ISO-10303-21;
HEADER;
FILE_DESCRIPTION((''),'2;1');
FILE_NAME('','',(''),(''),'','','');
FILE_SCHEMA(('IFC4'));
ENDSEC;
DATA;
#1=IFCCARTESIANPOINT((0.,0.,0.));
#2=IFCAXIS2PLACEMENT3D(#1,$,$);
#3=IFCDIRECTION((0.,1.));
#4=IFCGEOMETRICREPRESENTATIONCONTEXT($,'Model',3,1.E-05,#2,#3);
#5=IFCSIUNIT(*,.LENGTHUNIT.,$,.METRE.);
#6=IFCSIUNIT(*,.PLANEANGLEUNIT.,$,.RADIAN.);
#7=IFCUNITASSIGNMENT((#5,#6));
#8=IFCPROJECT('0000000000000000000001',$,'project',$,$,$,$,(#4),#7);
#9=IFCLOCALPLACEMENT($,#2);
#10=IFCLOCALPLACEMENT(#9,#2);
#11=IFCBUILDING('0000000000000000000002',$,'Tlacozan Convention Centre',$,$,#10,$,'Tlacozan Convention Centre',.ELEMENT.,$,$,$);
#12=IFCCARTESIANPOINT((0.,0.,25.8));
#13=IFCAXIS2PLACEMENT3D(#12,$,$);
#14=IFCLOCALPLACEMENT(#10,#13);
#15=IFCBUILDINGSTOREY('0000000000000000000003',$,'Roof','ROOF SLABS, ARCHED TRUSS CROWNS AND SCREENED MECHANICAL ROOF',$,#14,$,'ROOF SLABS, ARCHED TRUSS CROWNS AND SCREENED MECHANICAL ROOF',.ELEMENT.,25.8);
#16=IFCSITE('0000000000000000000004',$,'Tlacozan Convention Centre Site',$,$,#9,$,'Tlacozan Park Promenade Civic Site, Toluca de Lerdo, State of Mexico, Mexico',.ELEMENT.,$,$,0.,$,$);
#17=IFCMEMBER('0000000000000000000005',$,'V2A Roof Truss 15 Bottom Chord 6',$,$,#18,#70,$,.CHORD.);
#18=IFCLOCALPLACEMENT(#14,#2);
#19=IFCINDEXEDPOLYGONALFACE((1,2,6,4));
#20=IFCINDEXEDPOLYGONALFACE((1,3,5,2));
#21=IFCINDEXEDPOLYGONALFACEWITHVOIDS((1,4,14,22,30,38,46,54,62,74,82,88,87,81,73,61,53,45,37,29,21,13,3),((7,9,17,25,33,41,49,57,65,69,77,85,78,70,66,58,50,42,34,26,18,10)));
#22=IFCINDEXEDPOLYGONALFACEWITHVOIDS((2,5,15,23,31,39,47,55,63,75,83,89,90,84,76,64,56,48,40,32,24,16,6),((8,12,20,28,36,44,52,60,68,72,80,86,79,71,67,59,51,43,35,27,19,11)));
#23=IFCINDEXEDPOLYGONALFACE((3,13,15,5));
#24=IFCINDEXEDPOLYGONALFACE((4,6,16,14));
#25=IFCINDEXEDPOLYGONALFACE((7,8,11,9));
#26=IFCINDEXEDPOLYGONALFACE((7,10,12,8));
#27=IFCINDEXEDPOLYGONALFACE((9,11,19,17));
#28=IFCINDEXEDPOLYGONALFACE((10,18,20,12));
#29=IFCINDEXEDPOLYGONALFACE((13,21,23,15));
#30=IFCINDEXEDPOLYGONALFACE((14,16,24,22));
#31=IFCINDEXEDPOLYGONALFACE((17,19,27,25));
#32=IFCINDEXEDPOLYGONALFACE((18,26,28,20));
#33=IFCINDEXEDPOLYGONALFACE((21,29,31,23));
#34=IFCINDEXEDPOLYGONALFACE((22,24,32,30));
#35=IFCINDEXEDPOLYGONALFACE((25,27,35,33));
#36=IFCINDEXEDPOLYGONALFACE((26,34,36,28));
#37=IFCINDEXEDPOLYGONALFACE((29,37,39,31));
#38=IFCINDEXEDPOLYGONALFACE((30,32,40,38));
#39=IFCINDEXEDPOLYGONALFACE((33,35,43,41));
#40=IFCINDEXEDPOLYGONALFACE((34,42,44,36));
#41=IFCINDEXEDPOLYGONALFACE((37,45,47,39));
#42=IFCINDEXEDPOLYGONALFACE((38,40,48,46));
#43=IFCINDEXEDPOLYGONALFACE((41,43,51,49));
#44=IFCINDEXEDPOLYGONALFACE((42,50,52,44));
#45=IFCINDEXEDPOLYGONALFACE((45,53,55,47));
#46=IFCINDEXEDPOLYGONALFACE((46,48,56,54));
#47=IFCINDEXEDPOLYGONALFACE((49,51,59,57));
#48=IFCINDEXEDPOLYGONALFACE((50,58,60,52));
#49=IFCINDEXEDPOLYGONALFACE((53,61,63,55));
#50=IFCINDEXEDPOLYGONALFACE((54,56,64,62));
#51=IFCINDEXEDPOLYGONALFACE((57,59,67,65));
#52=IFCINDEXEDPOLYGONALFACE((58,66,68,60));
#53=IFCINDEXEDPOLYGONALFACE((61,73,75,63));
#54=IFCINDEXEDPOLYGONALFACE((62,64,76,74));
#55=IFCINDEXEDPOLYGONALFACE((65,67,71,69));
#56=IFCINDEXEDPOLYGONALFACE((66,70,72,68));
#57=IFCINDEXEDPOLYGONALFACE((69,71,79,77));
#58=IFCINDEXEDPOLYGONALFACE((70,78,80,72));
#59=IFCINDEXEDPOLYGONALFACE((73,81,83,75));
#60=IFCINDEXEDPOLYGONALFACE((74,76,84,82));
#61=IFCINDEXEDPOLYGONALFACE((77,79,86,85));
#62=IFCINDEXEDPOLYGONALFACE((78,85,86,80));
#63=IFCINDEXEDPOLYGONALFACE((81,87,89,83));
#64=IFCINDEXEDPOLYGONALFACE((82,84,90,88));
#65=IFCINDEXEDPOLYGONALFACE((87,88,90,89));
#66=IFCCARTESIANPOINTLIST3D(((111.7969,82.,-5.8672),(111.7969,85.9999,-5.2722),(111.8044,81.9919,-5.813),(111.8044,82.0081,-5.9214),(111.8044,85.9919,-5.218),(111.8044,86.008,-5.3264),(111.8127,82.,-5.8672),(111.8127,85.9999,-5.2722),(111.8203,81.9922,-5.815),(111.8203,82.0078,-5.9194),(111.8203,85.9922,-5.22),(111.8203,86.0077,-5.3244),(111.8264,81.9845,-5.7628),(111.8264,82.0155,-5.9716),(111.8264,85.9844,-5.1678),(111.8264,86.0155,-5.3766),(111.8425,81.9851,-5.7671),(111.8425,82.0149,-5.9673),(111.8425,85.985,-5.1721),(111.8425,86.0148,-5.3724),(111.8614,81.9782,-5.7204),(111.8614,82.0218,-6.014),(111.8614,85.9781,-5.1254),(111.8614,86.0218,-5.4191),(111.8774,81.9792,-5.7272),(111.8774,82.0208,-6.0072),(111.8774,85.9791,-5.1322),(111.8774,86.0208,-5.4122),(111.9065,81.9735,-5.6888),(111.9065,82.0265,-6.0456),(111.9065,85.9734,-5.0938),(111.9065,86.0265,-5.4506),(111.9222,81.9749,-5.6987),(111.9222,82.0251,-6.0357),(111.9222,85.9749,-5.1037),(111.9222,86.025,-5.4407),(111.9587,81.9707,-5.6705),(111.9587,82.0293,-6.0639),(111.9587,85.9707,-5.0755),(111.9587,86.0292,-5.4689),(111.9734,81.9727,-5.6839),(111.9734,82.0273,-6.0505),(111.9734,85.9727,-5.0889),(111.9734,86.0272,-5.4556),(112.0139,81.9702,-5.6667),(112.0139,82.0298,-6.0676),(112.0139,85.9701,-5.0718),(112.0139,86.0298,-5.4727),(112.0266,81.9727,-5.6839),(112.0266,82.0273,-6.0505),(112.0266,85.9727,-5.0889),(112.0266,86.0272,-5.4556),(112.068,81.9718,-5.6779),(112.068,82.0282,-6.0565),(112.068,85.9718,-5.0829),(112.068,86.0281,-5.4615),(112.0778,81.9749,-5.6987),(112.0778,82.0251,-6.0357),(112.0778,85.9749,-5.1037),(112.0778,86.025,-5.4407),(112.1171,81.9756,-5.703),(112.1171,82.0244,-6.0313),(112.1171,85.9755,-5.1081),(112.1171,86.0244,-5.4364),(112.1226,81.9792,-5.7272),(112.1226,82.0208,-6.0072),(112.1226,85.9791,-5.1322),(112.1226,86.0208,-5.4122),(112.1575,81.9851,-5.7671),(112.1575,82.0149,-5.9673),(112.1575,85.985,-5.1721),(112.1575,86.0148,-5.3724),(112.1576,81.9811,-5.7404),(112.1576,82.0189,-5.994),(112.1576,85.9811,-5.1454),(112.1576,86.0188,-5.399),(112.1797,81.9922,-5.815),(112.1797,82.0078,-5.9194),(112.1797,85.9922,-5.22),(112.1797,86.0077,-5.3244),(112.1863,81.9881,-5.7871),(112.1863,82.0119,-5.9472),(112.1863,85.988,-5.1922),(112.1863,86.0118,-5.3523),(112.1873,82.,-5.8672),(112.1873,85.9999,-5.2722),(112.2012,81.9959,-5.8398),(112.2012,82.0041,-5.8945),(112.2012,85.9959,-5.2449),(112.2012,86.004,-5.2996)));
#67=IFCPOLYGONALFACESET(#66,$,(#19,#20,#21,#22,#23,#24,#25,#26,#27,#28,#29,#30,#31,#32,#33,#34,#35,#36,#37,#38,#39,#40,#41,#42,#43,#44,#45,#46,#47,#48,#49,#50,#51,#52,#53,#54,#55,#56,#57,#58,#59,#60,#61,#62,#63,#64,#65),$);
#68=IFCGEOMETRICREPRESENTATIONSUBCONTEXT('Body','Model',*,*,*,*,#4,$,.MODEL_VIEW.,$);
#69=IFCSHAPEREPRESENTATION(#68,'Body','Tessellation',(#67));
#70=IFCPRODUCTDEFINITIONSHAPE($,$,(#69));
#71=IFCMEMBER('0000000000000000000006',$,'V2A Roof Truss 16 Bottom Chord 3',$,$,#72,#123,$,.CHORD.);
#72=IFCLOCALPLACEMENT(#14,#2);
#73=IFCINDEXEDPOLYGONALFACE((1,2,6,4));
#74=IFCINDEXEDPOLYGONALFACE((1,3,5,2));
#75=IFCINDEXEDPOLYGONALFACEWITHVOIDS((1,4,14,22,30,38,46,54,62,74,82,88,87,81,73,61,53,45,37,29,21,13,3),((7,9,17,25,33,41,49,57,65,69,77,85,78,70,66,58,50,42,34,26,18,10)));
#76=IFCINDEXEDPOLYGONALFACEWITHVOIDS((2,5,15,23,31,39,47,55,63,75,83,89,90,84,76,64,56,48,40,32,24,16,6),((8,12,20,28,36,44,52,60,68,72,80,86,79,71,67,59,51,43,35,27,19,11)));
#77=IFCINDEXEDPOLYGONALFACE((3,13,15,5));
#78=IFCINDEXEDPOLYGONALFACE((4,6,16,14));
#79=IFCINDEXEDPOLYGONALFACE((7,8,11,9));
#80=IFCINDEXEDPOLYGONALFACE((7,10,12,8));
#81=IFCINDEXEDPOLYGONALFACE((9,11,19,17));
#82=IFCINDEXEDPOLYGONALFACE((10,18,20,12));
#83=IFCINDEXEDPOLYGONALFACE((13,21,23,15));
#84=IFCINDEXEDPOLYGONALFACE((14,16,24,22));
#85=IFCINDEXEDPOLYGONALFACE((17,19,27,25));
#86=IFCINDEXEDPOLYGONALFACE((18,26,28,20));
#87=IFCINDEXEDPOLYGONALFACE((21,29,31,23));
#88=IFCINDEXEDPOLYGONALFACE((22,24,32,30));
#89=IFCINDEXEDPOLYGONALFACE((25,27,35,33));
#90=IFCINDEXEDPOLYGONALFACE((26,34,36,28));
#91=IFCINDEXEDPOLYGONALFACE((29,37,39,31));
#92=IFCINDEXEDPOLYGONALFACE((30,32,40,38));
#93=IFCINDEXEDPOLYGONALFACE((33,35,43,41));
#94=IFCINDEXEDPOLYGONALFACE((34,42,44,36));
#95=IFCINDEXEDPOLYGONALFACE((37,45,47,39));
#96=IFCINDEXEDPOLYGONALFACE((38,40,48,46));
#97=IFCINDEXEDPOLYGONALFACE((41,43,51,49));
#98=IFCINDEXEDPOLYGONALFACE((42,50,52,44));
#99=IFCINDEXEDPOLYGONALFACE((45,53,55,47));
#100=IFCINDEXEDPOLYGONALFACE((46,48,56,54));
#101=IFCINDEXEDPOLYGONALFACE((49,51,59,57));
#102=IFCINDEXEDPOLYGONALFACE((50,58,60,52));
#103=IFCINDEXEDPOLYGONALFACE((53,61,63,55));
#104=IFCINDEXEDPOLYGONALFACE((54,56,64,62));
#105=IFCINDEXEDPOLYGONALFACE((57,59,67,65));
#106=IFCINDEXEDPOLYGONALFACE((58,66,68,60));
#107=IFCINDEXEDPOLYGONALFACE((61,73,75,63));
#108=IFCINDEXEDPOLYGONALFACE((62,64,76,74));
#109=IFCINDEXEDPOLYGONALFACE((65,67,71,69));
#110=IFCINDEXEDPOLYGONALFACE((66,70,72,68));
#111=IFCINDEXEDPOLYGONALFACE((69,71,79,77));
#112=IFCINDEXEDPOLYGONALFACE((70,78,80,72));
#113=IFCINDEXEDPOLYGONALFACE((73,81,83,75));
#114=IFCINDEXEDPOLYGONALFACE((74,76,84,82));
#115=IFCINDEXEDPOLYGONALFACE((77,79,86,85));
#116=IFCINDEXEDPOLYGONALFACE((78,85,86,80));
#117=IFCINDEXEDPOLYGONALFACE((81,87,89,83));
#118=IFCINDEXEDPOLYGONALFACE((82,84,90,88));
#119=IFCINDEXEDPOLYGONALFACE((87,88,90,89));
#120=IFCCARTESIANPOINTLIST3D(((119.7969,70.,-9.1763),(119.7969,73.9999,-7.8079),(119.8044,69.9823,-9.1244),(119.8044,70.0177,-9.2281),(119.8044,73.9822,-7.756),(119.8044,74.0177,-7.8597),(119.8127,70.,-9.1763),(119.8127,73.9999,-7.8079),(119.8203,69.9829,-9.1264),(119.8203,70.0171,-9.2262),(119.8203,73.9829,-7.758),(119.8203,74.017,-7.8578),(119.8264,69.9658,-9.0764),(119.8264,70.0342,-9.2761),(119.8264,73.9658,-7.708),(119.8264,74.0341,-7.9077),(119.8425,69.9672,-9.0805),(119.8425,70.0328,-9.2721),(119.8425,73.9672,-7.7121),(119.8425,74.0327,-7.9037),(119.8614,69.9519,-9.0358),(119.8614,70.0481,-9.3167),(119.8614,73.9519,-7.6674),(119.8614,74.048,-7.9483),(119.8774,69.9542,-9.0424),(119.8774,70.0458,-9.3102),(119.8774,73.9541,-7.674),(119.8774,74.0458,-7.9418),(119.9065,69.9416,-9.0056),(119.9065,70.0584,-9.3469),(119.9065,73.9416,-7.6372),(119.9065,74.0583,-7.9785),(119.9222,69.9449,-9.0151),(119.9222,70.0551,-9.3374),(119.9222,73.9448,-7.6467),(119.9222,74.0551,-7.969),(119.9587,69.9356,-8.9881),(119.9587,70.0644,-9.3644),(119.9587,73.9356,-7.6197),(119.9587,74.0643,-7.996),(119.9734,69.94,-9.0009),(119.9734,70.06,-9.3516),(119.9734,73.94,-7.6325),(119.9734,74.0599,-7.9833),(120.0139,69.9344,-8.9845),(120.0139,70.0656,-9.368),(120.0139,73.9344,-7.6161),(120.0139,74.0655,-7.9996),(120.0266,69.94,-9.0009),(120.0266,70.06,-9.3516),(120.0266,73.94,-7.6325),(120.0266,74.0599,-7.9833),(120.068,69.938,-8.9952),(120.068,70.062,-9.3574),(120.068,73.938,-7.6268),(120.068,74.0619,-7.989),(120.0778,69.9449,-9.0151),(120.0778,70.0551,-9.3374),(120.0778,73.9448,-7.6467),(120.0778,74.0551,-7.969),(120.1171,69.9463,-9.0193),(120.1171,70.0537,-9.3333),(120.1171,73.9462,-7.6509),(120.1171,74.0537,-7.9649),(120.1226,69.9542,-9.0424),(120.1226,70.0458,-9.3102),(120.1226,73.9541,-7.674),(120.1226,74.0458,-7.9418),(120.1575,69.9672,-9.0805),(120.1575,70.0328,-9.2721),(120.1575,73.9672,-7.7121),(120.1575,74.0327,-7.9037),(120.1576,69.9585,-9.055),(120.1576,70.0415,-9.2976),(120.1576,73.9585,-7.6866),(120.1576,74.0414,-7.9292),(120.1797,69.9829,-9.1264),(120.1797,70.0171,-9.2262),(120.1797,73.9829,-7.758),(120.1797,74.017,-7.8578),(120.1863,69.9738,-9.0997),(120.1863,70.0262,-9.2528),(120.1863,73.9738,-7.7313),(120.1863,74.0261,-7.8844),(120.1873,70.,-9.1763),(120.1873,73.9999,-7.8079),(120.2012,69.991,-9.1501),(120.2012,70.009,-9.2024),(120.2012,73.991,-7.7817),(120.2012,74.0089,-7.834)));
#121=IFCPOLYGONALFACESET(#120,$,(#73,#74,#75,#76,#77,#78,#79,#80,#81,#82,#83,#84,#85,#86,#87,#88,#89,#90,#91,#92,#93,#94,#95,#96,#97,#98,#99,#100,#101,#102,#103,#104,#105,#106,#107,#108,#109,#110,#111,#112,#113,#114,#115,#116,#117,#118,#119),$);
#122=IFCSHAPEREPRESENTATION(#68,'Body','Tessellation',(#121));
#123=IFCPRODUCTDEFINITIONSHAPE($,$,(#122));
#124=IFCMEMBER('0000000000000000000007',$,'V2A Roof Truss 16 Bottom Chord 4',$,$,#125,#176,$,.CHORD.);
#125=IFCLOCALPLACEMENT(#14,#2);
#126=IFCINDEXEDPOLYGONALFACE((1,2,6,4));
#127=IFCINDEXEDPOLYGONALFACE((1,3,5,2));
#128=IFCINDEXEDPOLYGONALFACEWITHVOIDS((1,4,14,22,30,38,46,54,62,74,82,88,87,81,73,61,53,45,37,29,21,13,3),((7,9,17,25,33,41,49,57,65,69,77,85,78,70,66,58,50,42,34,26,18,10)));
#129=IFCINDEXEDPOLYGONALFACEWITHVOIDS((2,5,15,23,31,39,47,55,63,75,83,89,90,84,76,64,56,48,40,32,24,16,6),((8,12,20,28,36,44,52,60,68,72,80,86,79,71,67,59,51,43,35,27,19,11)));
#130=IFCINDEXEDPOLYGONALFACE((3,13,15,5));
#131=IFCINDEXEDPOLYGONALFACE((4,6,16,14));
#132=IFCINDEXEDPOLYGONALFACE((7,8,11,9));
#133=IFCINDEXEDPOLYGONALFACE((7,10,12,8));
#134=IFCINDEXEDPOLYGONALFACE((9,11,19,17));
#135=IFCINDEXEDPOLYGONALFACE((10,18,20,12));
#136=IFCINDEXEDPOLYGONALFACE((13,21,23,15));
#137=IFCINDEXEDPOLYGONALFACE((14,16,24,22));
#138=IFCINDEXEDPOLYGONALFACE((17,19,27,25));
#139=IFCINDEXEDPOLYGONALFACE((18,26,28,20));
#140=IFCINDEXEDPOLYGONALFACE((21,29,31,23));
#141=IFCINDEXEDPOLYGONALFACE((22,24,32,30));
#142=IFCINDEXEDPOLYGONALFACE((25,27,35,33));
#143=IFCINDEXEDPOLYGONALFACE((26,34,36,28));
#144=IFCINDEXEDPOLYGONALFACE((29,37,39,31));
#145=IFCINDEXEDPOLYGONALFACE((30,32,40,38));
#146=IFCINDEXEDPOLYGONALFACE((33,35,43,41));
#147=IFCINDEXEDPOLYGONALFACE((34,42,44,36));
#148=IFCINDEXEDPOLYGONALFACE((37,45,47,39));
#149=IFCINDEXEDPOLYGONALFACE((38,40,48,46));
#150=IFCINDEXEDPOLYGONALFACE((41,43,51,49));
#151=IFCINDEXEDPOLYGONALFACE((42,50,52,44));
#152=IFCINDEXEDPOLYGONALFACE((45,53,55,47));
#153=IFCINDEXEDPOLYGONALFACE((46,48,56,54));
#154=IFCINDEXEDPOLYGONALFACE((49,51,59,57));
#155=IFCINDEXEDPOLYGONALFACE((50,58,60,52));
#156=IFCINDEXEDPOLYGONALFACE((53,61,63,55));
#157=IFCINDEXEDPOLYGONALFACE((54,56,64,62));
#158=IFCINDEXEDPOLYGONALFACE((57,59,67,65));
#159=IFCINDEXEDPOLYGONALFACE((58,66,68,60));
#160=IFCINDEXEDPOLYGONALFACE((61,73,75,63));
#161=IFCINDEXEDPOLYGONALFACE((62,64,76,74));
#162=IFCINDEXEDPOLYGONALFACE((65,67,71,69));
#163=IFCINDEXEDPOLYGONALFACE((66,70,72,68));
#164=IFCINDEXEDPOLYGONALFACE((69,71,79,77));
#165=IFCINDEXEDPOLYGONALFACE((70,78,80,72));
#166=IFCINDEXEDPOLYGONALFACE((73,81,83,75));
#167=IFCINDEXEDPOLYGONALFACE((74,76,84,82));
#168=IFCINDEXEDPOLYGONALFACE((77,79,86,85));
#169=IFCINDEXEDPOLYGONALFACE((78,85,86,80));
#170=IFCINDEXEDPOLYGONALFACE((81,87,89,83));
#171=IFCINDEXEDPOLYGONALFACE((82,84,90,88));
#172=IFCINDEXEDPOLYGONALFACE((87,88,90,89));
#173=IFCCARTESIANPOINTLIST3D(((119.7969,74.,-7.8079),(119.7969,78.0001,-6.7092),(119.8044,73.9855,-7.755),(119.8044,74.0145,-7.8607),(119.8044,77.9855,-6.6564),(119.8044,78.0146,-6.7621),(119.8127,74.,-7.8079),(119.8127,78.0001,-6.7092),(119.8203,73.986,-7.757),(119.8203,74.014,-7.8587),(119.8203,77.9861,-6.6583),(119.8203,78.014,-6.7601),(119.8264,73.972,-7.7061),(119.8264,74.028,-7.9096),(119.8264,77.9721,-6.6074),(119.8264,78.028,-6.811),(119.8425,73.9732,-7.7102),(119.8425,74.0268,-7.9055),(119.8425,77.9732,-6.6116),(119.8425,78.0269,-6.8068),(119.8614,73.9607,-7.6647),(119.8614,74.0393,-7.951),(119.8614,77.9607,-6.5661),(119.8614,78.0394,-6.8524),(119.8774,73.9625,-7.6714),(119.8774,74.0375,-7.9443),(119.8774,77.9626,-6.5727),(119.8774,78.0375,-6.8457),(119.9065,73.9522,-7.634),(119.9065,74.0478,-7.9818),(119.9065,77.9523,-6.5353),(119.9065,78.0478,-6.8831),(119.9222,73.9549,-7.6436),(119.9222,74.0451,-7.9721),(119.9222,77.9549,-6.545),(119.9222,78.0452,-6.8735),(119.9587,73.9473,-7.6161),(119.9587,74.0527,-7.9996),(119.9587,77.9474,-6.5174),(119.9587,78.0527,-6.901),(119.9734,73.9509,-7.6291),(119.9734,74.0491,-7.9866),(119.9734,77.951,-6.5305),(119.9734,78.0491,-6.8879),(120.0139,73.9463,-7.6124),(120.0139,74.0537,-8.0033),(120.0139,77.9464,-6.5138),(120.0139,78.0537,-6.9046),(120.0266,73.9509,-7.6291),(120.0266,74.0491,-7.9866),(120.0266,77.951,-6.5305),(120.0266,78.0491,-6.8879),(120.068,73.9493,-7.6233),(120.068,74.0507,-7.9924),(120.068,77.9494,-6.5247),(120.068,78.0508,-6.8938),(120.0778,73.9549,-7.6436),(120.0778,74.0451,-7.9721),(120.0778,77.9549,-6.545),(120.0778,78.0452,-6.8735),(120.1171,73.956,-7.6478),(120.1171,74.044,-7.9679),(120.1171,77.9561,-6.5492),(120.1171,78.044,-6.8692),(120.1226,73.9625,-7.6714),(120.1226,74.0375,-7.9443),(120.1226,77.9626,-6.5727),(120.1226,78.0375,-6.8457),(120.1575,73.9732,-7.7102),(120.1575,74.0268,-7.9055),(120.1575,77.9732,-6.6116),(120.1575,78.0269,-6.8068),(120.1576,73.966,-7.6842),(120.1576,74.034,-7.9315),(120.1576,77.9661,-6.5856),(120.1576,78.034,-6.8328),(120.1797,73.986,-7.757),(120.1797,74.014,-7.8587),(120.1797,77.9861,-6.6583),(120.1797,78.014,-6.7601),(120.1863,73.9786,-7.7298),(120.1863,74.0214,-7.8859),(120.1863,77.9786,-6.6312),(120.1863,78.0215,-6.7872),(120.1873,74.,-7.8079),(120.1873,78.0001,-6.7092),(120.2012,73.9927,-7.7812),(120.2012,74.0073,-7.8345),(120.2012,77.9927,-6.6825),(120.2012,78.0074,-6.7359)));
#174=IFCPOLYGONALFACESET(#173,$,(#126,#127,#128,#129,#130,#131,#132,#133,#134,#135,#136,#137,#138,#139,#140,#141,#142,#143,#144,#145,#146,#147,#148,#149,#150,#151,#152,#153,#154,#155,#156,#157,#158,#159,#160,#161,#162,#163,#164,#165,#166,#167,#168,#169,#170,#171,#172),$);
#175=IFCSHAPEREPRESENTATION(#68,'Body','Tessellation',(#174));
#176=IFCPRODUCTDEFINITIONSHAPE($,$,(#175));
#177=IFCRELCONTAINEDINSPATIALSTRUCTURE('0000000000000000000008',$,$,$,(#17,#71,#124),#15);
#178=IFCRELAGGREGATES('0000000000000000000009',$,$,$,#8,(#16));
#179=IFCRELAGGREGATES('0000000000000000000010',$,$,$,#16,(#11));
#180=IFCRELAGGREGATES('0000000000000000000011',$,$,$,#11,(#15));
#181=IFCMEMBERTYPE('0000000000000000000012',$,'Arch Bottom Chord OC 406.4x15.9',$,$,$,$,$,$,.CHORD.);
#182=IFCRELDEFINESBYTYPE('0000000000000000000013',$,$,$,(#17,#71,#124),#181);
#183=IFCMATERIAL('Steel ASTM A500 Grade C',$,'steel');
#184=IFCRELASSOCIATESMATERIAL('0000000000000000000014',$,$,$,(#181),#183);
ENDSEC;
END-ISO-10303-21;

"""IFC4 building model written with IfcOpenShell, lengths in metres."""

from ifc_helpers import new_model, si_unit, direction, frame, origin, origin_2d, place, context, subcontext, project, spatial, hollow_circle, extrude, material, material_profile, profile_set, type_object, element, save


model = new_model("IFC4")

# Units and contexts
model_context = context("Model", 3, precision=1e-05, world=origin(), true_north=direction((0.0, 1.0)))
body_context = subcontext(model_context, "Body", "Model", "MODEL_VIEW")
ifc_project = project(units=[si_unit("LENGTHUNIT", "METRE"), si_unit("PLANEANGLEUNIT", "RADIAN")], contexts=[model_context])

# Site, building, storey
site_placement = place(None, origin())
site = spatial("IfcSite", under=ifc_project, at=site_placement, Name="Tlacozan Convention Centre Site", LongName="Tlacozan Park Promenade Civic Site, Toluca de Lerdo, State of Mexico, Mexico", CompositionType="ELEMENT", RefElevation=0.0)
building_placement = place(site_placement, origin())
building = spatial("IfcBuilding", under=site, at=building_placement, Name="Tlacozan Convention Centre", LongName="Tlacozan Convention Centre", CompositionType="ELEMENT")
storey_placement = place(building_placement, frame((0.0, 0.0, 25.8)))
storey = spatial("IfcBuildingStorey", under=building, at=storey_placement, Name="Roof", Description="ROOF SLABS, ARCHED TRUSS CROWNS AND SCREENED MECHANICAL ROOF", LongName="ROOF SLABS, ARCHED TRUSS CROWNS AND SCREENED MECHANICAL ROOF", CompositionType="ELEMENT", Elevation=25.8)

# Members
ifc_material_1 = material(Name="Steel ASTM A500 Grade C", Category="steel")
ifc_material_profile_1 = material_profile(ifc_material_1, hollow_circle(Radius=0.2031, WallThickness=0.0159, at=origin_2d()), Name="OC 406.4x15.9")
ifc_profile_set_1 = profile_set([ifc_material_profile_1], Name="Steel ASTM A500 Grade C")
member_type_1 = type_object("IfcMemberType", Name="Arch Bottom Chord OC 406.4x15.9", PredefinedType="CHORD", material=ifc_profile_set_1)
member_1_placement = place(storey_placement, frame((112.0, 82.0, -5.8672), z_axis=(0.0, 0.989118, 0.147124), x_axis=(-1.0, 0.0, 0.0)))
element("IfcMember", 1, at=member_1_placement, inside=storey, type_object=member_type_1, Name="V2A Roof Truss 15 Bottom Chord 6", PredefinedType="CHORD", context=body_context, shape_type="SweptSolid", body=[
    extrude(hollow_circle(Radius=0.2031, WallThickness=0.0159, at=origin_2d()), origin(), (0.0, 0.0, 1.0), 4.0439),
])
member_2_placement = place(storey_placement, frame((120.0, 70.0, -9.1763), z_axis=(0.0, 0.946165, 0.323685), x_axis=(-1.0, 0.0, 0.0)))
element("IfcMember", 2, at=member_2_placement, inside=storey, type_object=member_type_1, Name="V2A Roof Truss 16 Bottom Chord 3", PredefinedType="CHORD", context=body_context, shape_type="SweptSolid", body=[
    extrude(hollow_circle(Radius=0.2031, WallThickness=0.0159, at=origin_2d()), origin(), (0.0, 0.0, 1.0), 4.2275),
])
member_3_placement = place(storey_placement, frame((120.0, 74.0, -7.8079), z_axis=(0.0, 0.96429, 0.26485), x_axis=(-1.0, 0.0, 0.0)))
element("IfcMember", 3, at=member_3_placement, inside=storey, type_object=member_type_1, Name="V2A Roof Truss 16 Bottom Chord 4", PredefinedType="CHORD", context=body_context, shape_type="SweptSolid", body=[
    extrude(hollow_circle(Radius=0.2031, WallThickness=0.0159, at=origin_2d()), origin(), (0.0, 0.0, 1.0), 4.1482),
])

save(model, "model.ifc")
